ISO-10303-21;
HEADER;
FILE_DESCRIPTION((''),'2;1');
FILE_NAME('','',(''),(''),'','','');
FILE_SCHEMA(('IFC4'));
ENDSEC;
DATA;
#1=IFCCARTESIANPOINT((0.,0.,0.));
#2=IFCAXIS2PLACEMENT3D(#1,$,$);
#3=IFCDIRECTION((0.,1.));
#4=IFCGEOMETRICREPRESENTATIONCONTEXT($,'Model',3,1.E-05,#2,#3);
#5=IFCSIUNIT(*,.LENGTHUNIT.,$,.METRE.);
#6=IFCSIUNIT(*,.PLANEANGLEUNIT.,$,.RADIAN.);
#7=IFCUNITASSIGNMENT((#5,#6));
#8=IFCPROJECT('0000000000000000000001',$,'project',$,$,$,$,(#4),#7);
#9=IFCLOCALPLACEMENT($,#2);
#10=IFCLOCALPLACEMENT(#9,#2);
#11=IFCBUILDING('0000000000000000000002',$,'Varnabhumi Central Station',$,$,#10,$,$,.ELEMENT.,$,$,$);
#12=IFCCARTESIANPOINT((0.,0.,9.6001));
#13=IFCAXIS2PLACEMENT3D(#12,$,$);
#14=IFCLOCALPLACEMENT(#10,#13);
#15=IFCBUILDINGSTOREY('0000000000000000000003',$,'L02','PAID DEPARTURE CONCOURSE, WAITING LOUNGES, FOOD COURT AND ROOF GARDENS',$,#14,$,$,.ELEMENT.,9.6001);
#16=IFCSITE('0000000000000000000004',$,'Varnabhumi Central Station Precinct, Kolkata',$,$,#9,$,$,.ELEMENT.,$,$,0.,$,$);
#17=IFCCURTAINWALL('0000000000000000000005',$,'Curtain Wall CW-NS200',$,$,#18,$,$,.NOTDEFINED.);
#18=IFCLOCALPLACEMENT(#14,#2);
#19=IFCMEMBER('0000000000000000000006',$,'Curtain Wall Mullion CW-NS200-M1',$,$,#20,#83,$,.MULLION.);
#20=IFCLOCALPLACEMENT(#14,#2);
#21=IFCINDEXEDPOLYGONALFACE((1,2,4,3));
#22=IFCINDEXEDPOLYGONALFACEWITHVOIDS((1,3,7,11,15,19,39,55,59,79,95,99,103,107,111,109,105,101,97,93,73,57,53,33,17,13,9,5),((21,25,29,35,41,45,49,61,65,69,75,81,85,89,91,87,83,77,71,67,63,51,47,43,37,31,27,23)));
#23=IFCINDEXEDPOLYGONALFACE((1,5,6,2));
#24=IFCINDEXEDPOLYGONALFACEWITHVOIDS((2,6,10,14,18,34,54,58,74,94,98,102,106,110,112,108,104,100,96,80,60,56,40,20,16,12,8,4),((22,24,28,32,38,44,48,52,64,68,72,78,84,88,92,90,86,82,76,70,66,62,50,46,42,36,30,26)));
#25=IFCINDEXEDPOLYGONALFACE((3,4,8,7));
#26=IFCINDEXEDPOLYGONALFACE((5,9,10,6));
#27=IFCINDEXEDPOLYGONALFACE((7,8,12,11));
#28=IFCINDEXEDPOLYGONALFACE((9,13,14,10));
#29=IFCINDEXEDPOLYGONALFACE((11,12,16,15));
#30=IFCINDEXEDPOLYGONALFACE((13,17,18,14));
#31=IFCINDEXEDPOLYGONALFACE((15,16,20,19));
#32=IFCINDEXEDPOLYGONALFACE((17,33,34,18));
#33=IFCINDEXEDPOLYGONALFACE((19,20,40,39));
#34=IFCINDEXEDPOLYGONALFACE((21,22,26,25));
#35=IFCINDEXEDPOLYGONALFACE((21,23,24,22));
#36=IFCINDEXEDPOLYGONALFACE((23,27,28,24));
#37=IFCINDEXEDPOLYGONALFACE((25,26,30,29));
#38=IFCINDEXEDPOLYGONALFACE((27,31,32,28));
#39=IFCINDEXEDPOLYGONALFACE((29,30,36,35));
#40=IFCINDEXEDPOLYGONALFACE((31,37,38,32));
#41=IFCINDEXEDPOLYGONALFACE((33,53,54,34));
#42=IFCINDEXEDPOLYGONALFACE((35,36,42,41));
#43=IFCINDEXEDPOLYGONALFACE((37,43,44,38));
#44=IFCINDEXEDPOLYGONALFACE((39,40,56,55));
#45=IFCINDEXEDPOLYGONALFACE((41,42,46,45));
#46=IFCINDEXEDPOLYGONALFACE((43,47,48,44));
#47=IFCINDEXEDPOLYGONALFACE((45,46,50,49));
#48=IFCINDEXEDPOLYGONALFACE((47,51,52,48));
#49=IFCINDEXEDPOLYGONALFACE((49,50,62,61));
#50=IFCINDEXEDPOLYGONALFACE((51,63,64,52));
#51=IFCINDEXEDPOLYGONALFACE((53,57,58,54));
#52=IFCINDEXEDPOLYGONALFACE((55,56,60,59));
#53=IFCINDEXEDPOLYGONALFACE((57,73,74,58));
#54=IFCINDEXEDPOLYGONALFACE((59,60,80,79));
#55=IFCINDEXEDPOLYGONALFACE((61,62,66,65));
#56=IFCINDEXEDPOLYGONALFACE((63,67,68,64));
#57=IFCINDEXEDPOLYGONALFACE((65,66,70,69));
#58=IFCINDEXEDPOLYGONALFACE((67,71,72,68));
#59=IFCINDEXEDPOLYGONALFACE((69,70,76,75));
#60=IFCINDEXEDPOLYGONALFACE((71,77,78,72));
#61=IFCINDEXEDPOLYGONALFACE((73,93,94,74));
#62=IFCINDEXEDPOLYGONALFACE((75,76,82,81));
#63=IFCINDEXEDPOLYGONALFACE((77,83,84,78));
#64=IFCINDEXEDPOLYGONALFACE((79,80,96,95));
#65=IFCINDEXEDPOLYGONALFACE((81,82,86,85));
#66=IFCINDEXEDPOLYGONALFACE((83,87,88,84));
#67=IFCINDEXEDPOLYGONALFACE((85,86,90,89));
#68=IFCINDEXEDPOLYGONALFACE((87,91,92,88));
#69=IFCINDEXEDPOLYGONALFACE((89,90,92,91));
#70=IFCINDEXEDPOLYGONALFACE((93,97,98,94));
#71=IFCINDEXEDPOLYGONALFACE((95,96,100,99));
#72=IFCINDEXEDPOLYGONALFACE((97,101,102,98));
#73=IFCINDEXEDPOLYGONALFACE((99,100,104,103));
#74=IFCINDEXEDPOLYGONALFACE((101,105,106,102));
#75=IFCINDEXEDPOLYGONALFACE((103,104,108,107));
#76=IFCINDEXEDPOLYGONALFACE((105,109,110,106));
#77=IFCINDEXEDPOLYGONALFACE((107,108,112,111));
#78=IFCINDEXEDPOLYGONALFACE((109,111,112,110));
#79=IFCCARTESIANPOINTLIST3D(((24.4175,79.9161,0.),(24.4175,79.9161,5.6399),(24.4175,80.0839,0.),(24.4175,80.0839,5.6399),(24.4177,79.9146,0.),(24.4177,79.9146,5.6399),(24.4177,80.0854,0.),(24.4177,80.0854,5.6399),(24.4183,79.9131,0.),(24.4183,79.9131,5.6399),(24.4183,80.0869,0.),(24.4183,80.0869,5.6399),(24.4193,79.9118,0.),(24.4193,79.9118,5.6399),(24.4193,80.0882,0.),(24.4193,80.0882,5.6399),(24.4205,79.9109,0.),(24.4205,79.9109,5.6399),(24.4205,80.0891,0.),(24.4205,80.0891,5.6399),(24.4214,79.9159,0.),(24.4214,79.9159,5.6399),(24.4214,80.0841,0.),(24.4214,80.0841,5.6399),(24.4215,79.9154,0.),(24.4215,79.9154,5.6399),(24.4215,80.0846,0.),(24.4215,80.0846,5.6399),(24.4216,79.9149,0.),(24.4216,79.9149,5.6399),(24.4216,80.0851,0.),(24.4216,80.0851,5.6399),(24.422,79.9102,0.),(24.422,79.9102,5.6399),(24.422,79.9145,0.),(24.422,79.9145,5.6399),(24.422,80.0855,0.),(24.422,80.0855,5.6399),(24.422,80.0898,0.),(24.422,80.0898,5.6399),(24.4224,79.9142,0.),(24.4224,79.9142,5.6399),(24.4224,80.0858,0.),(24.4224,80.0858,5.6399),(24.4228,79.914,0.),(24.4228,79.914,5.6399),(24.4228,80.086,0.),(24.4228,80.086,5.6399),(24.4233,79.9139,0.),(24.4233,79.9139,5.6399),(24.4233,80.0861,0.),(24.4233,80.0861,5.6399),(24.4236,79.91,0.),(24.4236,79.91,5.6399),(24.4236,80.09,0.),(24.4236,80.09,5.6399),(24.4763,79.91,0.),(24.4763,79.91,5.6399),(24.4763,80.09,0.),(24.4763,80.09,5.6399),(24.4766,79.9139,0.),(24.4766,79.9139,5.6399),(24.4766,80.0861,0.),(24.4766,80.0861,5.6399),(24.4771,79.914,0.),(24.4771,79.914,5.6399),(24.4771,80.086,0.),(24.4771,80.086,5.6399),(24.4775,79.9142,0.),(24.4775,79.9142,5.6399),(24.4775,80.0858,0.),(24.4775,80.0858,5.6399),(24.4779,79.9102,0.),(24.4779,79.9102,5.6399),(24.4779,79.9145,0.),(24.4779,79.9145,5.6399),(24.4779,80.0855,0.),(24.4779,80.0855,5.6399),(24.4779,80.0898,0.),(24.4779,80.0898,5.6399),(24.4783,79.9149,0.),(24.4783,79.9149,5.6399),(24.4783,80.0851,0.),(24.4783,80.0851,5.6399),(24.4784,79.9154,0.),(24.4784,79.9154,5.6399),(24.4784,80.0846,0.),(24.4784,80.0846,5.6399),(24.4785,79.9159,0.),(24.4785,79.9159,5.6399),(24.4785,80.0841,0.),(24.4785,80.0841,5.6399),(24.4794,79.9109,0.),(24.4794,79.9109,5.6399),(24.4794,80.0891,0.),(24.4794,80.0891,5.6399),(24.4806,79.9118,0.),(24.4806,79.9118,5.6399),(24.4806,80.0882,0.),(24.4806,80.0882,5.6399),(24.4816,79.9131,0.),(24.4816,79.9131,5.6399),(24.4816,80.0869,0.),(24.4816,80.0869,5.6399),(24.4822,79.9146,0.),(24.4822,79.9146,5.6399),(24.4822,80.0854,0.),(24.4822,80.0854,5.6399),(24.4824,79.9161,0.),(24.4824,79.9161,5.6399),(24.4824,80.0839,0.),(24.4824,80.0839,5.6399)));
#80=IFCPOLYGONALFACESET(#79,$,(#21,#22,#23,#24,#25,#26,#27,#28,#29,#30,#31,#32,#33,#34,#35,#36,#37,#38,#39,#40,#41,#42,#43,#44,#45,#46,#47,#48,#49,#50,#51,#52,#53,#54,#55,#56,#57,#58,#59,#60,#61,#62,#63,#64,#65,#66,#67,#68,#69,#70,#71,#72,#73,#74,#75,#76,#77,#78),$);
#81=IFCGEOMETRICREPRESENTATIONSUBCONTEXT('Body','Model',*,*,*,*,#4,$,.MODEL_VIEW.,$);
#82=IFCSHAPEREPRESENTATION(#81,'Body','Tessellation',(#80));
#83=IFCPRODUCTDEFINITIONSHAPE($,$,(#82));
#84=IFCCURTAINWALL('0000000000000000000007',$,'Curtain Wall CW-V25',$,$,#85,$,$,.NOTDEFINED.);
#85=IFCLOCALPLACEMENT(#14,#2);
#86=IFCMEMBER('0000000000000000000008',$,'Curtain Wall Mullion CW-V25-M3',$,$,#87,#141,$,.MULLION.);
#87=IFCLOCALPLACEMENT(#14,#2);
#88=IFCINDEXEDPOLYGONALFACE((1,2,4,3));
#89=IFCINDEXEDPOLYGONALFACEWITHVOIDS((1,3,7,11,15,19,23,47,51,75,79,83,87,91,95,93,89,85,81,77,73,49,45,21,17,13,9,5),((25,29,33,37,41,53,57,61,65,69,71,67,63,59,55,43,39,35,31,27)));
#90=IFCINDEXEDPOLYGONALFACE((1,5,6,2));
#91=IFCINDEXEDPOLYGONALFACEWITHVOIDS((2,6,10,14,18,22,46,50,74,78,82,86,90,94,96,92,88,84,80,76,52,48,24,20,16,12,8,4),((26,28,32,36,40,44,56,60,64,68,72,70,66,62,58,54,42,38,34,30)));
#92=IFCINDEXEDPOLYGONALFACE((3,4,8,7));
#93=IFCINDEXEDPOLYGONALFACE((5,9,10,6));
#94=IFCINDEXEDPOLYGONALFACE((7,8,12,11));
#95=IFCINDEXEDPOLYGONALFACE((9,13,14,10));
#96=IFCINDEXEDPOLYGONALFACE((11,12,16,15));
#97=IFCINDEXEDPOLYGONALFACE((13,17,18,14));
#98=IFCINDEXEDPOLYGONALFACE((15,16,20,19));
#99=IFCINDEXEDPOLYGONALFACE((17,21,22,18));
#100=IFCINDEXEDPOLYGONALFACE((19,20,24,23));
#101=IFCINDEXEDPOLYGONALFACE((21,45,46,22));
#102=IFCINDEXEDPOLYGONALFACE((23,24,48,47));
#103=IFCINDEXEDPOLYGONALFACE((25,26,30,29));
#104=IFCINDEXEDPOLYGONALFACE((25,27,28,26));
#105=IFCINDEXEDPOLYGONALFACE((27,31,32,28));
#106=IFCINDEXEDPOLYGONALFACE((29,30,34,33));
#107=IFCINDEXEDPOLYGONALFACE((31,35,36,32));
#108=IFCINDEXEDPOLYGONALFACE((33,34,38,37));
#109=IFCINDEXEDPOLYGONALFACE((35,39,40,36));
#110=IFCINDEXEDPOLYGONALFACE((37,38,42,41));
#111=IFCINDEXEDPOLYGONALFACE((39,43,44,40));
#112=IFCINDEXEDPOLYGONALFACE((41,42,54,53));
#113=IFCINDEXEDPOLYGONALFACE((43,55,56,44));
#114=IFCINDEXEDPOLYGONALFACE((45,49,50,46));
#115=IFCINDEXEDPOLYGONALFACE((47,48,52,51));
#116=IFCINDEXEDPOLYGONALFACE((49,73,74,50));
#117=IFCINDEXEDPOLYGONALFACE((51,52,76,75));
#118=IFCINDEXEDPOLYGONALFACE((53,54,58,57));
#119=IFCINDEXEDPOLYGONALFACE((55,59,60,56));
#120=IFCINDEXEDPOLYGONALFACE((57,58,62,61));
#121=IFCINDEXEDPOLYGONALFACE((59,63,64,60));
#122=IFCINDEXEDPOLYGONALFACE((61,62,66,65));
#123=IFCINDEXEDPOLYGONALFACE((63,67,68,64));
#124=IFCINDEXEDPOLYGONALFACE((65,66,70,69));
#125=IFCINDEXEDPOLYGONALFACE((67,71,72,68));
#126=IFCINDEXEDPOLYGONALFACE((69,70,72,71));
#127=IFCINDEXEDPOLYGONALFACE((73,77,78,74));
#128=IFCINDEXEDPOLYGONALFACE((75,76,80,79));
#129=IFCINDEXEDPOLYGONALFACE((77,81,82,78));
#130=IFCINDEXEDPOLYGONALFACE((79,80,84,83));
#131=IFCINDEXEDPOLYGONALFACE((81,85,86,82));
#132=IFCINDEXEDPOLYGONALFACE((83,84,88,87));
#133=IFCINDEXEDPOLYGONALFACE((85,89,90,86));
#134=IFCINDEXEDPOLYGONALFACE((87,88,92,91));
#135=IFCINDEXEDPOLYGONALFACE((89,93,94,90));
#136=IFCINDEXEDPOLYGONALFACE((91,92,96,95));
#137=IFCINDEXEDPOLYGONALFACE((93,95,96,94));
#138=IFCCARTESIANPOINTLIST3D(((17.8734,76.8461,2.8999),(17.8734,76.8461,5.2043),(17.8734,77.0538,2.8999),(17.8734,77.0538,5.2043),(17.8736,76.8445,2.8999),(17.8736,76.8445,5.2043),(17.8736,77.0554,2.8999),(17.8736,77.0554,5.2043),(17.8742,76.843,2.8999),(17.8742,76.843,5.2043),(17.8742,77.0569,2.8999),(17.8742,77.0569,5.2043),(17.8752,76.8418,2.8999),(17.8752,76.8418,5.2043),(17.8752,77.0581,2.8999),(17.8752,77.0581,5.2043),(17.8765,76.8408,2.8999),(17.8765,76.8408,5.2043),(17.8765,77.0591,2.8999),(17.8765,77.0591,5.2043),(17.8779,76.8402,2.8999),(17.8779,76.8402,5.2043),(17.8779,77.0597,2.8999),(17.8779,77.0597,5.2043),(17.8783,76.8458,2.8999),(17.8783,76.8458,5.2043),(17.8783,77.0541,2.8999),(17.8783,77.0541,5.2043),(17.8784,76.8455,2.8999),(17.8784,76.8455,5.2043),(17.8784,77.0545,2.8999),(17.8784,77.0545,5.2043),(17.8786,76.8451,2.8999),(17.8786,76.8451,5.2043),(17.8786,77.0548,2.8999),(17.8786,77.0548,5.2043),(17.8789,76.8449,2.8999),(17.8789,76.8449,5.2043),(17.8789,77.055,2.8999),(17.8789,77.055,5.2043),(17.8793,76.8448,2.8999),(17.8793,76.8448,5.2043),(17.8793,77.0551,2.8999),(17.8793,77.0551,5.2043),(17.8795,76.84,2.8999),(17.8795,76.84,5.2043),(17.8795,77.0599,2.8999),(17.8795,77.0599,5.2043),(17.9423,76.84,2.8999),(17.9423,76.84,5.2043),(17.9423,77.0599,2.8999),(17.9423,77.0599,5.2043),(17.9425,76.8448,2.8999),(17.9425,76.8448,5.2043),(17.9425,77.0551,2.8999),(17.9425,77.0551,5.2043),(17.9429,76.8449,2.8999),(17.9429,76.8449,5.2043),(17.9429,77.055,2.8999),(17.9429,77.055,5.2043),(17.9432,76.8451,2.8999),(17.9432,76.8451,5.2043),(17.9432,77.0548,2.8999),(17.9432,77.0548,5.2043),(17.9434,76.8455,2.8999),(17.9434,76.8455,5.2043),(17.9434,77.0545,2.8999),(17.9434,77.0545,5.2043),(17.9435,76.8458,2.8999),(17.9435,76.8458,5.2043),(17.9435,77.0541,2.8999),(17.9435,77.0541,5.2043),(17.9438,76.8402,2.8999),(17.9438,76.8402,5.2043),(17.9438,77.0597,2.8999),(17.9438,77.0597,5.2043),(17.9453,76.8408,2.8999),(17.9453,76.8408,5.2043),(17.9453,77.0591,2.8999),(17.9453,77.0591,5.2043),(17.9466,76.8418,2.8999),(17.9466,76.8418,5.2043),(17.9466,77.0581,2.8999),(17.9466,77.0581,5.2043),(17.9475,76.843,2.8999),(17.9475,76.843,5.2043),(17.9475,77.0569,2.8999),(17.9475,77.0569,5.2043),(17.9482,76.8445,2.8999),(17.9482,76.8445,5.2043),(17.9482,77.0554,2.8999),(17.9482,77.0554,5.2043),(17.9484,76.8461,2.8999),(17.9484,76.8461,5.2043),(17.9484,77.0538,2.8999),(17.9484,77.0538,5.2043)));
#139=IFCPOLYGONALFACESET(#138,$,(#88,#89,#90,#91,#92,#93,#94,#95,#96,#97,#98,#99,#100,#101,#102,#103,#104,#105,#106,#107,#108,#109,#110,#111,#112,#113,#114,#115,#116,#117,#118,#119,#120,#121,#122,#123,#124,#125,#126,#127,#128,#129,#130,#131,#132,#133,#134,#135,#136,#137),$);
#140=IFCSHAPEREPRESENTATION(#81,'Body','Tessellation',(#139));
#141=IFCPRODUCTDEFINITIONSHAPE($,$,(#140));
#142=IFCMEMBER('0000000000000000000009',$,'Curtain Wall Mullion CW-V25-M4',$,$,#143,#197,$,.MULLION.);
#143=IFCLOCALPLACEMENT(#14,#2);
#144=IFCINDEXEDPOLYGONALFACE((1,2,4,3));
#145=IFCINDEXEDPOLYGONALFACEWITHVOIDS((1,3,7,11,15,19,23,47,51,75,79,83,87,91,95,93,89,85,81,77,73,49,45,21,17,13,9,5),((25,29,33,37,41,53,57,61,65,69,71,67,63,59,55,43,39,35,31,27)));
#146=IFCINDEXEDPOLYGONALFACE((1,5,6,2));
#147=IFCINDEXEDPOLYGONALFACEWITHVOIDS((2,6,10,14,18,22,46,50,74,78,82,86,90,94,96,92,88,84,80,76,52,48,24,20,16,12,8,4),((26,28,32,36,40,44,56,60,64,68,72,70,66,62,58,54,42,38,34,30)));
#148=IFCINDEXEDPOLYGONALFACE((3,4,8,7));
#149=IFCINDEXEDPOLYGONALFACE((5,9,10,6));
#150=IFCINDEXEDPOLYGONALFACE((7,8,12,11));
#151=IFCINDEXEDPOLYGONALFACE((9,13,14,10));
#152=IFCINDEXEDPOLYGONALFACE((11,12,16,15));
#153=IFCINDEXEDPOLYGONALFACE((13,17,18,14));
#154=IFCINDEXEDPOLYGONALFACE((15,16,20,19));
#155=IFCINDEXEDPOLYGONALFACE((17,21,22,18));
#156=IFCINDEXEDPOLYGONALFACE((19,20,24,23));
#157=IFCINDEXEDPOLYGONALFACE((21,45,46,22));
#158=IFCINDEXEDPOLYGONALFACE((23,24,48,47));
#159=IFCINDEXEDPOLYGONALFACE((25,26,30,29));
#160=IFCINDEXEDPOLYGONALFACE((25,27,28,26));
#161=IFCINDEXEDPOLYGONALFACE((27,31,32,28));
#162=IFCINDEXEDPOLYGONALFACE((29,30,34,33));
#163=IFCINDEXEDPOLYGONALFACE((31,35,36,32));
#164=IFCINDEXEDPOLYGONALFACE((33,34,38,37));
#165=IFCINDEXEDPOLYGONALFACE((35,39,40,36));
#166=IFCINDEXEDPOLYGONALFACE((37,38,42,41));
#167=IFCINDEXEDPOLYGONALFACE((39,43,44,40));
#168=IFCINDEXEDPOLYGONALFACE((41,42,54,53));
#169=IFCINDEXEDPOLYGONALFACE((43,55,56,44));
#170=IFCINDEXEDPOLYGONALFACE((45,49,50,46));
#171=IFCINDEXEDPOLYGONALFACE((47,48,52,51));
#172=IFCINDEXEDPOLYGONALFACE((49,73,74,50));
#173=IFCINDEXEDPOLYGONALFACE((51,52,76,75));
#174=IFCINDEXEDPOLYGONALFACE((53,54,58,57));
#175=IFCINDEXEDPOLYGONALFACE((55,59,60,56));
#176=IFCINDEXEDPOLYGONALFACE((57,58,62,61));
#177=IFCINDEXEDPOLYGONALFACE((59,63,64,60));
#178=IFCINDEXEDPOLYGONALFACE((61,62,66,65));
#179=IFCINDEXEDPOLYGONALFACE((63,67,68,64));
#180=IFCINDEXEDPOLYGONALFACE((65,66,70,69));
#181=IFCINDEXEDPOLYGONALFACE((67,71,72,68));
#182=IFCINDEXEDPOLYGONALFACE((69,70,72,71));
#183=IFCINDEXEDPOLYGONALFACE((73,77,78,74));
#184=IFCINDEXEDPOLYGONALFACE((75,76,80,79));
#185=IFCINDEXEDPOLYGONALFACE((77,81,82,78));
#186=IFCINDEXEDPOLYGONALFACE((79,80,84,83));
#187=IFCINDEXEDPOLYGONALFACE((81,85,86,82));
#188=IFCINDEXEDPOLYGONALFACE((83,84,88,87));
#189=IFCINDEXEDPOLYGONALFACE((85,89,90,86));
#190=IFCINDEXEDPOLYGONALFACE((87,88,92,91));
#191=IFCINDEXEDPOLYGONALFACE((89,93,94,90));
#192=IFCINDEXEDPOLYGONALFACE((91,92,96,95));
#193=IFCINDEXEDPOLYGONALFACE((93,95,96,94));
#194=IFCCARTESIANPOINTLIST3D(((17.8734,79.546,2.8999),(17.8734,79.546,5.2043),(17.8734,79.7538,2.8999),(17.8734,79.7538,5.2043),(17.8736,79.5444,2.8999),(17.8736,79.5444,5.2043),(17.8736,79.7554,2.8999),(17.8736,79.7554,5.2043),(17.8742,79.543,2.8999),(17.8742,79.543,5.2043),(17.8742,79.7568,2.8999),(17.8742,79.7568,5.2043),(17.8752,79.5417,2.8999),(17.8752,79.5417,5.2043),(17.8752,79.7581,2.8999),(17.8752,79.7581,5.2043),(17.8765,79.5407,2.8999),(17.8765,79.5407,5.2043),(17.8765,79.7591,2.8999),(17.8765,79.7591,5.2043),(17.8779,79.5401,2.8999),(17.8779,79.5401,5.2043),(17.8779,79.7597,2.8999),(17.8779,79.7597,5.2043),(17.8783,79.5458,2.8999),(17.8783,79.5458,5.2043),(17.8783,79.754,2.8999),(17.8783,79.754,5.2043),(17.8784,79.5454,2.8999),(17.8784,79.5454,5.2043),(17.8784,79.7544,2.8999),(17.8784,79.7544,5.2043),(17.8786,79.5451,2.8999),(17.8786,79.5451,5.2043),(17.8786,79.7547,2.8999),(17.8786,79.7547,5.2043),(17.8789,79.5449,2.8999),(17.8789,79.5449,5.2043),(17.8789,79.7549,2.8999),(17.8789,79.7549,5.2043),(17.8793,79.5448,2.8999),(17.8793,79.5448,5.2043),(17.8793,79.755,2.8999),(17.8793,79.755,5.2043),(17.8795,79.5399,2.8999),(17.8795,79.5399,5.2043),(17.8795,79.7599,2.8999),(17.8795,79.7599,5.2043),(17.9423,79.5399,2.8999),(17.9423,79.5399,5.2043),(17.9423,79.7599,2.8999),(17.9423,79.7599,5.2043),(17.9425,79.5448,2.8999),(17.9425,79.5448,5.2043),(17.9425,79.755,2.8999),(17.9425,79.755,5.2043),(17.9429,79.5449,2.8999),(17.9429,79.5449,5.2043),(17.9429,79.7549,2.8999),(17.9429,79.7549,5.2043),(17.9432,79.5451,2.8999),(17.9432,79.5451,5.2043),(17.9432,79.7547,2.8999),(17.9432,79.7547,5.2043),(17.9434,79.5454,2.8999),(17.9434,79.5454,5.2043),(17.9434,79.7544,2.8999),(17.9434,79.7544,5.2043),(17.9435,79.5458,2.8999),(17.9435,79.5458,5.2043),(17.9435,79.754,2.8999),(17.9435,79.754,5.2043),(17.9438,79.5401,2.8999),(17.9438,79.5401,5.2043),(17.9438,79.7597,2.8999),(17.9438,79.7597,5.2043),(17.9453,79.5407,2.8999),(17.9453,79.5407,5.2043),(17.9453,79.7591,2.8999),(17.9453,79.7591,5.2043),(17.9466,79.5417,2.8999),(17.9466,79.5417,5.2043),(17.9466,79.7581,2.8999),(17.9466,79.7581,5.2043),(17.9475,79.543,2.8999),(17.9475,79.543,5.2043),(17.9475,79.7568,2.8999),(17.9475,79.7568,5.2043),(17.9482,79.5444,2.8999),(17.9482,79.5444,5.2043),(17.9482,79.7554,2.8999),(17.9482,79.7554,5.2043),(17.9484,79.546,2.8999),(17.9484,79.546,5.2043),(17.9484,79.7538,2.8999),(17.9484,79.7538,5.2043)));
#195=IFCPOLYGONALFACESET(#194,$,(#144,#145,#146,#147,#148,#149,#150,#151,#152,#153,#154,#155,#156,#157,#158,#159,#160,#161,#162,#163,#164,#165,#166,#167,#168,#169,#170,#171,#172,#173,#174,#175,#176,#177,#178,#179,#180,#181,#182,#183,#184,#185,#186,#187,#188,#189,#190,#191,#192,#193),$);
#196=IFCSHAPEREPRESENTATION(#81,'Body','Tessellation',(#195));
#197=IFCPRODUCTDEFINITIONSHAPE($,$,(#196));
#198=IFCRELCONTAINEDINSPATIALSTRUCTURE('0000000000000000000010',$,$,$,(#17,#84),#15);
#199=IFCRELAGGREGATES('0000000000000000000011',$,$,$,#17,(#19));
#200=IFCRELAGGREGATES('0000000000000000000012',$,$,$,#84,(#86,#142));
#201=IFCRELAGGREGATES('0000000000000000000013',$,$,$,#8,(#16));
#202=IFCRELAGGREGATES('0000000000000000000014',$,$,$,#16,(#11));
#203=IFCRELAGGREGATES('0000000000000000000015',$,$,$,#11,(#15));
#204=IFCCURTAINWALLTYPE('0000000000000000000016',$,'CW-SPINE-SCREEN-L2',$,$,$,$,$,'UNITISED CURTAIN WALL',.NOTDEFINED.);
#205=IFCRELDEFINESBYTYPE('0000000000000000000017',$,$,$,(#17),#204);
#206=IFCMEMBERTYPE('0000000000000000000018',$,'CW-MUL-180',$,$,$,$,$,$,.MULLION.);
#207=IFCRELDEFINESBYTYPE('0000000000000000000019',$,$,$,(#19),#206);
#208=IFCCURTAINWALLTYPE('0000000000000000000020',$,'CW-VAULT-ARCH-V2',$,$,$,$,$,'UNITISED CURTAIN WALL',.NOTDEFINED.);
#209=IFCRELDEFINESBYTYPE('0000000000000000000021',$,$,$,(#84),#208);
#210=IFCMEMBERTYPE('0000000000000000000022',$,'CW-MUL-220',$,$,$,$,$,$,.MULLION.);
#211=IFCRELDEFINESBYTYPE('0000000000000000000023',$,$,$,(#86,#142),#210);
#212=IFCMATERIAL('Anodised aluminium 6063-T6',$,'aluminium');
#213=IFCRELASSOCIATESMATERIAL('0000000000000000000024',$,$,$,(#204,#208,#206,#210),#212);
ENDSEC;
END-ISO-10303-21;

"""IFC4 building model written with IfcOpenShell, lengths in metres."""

from ifc_helpers import new_model, si_unit, direction, frame, origin, origin_2d, place, context, subcontext, project, spatial, hollow_rectangle, extrude, material, material_profile, profile_set, type_object, element, aggregate, save


model = new_model("IFC4")

# Units and contexts
model_context = context("Model", 3, precision=1e-05, world=origin(), true_north=direction((0.0, 1.0)))
body_context = subcontext(model_context, "Body", "Model", "MODEL_VIEW")
ifc_project = project(units=[si_unit("LENGTHUNIT", "METRE"), si_unit("PLANEANGLEUNIT", "RADIAN")], contexts=[model_context])

# Site, building, storey
site_placement = place(None, origin())
site = spatial("IfcSite", under=ifc_project, at=site_placement, Name="Varnabhumi Central Station Precinct, Kolkata", CompositionType="ELEMENT", RefElevation=0.0)
building_placement = place(site_placement, origin())
building = spatial("IfcBuilding", under=site, at=building_placement, Name="Varnabhumi Central Station", CompositionType="ELEMENT")
storey_placement = place(building_placement, frame((0.0, 0.0, 9.6001)))
storey = spatial("IfcBuildingStorey", under=building, at=storey_placement, Name="L02", Description="PAID DEPARTURE CONCOURSE, WAITING LOUNGES, FOOD COURT AND ROOF GARDENS", CompositionType="ELEMENT", Elevation=9.6001)

# Curtain wall, member
ifc_material_1 = material(Name="Anodised aluminium 6063-T6", Category="aluminium")
curtain_wall_type_1 = type_object("IfcCurtainWallType", Name="CW-SPINE-SCREEN-L2", ElementType="UNITISED CURTAIN WALL", PredefinedType="NOTDEFINED", material=ifc_material_1)
curtain_wall_1_placement = place(storey_placement, origin())
curtain_wall_1 = element("IfcCurtainWall", 1, at=curtain_wall_1_placement, inside=storey, type_object=curtain_wall_type_1, Name="Curtain Wall CW-NS200", PredefinedType="NOTDEFINED")
ifc_material_profile_1 = material_profile(ifc_material_1, hollow_rectangle(XDim=0.0649, YDim=0.1799, WallThickness=0.0039, InnerFilletRadius=0.002, OuterFilletRadius=0.0061, at=origin_2d()), Name="Anodised aluminium 6063-T6", Category="aluminium")
ifc_profile_set_1 = profile_set([ifc_material_profile_1], Name="Anodised aluminium 6063-T6")
member_type_1 = type_object("IfcMemberType", Name="CW-MUL-180", PredefinedType="MULLION", material=ifc_profile_set_1)
member_1_placement = place(storey_placement, frame((24.45, 80.0, 0.0), z_axis=(0.0, 0.0, 1.0), x_axis=(1.0, 0.0, 0.0)))
member_1 = element("IfcMember", 2, at=member_1_placement, type_object=member_type_1, Name="Curtain Wall Mullion CW-NS200-M1", PredefinedType="MULLION", context=body_context, shape_type="SweptSolid", body=[
    extrude(hollow_rectangle(XDim=0.0649, YDim=0.1799, WallThickness=0.0039, InnerFilletRadius=0.002, OuterFilletRadius=0.0061, at=origin_2d()), origin(), (0.0, 0.0, 1.0), 5.6399),
])

# Curtain wall, members
curtain_wall_type_2 = type_object("IfcCurtainWallType", Name="CW-VAULT-ARCH-V2", ElementType="UNITISED CURTAIN WALL", PredefinedType="NOTDEFINED", material=ifc_material_1)
curtain_wall_2_placement = place(storey_placement, origin())
curtain_wall_2 = element("IfcCurtainWall", 3, at=curtain_wall_2_placement, inside=storey, type_object=curtain_wall_type_2, Name="Curtain Wall CW-V25", PredefinedType="NOTDEFINED")
ifc_material_profile_2 = material_profile(ifc_material_1, hollow_rectangle(XDim=0.075, YDim=0.22, WallThickness=0.0049, InnerFilletRadius=0.001, OuterFilletRadius=0.0061, at=origin_2d()), Name="Anodised aluminium 6063-T6", Category="aluminium")
ifc_profile_set_2 = profile_set([ifc_material_profile_2], Name="Anodised aluminium 6063-T6")
member_type_2 = type_object("IfcMemberType", Name="CW-MUL-220", PredefinedType="MULLION", material=ifc_profile_set_2)
member_2_placement = place(storey_placement, frame((17.9109, 76.95, 2.8999), z_axis=(0.0, 0.0, 1.0), x_axis=(1.0, 0.0, 0.0)))
member_2 = element("IfcMember", 4, at=member_2_placement, type_object=member_type_2, Name="Curtain Wall Mullion CW-V25-M3", PredefinedType="MULLION", context=body_context, shape_type="SweptSolid", body=[
    extrude(hollow_rectangle(XDim=0.075, YDim=0.22, WallThickness=0.0049, InnerFilletRadius=0.001, OuterFilletRadius=0.0061, at=origin_2d()), origin(), (0.0, 0.0, 1.0), 2.3044),
])
member_3_placement = place(storey_placement, frame((17.9109, 79.6499, 2.8999), z_axis=(0.0, 0.0, 1.0), x_axis=(1.0, 0.0, 0.0)))
member_3 = element("IfcMember", 5, at=member_3_placement, type_object=member_type_2, Name="Curtain Wall Mullion CW-V25-M4", PredefinedType="MULLION", context=body_context, shape_type="SweptSolid", body=[
    extrude(hollow_rectangle(XDim=0.075, YDim=0.22, WallThickness=0.0049, InnerFilletRadius=0.001, OuterFilletRadius=0.0061, at=origin_2d()), origin(), (0.0, 0.0, 1.0), 2.3044),
])

aggregate(curtain_wall_1, [member_1])

aggregate(curtain_wall_2, [member_2, member_3])

save(model, "model.ifc")
